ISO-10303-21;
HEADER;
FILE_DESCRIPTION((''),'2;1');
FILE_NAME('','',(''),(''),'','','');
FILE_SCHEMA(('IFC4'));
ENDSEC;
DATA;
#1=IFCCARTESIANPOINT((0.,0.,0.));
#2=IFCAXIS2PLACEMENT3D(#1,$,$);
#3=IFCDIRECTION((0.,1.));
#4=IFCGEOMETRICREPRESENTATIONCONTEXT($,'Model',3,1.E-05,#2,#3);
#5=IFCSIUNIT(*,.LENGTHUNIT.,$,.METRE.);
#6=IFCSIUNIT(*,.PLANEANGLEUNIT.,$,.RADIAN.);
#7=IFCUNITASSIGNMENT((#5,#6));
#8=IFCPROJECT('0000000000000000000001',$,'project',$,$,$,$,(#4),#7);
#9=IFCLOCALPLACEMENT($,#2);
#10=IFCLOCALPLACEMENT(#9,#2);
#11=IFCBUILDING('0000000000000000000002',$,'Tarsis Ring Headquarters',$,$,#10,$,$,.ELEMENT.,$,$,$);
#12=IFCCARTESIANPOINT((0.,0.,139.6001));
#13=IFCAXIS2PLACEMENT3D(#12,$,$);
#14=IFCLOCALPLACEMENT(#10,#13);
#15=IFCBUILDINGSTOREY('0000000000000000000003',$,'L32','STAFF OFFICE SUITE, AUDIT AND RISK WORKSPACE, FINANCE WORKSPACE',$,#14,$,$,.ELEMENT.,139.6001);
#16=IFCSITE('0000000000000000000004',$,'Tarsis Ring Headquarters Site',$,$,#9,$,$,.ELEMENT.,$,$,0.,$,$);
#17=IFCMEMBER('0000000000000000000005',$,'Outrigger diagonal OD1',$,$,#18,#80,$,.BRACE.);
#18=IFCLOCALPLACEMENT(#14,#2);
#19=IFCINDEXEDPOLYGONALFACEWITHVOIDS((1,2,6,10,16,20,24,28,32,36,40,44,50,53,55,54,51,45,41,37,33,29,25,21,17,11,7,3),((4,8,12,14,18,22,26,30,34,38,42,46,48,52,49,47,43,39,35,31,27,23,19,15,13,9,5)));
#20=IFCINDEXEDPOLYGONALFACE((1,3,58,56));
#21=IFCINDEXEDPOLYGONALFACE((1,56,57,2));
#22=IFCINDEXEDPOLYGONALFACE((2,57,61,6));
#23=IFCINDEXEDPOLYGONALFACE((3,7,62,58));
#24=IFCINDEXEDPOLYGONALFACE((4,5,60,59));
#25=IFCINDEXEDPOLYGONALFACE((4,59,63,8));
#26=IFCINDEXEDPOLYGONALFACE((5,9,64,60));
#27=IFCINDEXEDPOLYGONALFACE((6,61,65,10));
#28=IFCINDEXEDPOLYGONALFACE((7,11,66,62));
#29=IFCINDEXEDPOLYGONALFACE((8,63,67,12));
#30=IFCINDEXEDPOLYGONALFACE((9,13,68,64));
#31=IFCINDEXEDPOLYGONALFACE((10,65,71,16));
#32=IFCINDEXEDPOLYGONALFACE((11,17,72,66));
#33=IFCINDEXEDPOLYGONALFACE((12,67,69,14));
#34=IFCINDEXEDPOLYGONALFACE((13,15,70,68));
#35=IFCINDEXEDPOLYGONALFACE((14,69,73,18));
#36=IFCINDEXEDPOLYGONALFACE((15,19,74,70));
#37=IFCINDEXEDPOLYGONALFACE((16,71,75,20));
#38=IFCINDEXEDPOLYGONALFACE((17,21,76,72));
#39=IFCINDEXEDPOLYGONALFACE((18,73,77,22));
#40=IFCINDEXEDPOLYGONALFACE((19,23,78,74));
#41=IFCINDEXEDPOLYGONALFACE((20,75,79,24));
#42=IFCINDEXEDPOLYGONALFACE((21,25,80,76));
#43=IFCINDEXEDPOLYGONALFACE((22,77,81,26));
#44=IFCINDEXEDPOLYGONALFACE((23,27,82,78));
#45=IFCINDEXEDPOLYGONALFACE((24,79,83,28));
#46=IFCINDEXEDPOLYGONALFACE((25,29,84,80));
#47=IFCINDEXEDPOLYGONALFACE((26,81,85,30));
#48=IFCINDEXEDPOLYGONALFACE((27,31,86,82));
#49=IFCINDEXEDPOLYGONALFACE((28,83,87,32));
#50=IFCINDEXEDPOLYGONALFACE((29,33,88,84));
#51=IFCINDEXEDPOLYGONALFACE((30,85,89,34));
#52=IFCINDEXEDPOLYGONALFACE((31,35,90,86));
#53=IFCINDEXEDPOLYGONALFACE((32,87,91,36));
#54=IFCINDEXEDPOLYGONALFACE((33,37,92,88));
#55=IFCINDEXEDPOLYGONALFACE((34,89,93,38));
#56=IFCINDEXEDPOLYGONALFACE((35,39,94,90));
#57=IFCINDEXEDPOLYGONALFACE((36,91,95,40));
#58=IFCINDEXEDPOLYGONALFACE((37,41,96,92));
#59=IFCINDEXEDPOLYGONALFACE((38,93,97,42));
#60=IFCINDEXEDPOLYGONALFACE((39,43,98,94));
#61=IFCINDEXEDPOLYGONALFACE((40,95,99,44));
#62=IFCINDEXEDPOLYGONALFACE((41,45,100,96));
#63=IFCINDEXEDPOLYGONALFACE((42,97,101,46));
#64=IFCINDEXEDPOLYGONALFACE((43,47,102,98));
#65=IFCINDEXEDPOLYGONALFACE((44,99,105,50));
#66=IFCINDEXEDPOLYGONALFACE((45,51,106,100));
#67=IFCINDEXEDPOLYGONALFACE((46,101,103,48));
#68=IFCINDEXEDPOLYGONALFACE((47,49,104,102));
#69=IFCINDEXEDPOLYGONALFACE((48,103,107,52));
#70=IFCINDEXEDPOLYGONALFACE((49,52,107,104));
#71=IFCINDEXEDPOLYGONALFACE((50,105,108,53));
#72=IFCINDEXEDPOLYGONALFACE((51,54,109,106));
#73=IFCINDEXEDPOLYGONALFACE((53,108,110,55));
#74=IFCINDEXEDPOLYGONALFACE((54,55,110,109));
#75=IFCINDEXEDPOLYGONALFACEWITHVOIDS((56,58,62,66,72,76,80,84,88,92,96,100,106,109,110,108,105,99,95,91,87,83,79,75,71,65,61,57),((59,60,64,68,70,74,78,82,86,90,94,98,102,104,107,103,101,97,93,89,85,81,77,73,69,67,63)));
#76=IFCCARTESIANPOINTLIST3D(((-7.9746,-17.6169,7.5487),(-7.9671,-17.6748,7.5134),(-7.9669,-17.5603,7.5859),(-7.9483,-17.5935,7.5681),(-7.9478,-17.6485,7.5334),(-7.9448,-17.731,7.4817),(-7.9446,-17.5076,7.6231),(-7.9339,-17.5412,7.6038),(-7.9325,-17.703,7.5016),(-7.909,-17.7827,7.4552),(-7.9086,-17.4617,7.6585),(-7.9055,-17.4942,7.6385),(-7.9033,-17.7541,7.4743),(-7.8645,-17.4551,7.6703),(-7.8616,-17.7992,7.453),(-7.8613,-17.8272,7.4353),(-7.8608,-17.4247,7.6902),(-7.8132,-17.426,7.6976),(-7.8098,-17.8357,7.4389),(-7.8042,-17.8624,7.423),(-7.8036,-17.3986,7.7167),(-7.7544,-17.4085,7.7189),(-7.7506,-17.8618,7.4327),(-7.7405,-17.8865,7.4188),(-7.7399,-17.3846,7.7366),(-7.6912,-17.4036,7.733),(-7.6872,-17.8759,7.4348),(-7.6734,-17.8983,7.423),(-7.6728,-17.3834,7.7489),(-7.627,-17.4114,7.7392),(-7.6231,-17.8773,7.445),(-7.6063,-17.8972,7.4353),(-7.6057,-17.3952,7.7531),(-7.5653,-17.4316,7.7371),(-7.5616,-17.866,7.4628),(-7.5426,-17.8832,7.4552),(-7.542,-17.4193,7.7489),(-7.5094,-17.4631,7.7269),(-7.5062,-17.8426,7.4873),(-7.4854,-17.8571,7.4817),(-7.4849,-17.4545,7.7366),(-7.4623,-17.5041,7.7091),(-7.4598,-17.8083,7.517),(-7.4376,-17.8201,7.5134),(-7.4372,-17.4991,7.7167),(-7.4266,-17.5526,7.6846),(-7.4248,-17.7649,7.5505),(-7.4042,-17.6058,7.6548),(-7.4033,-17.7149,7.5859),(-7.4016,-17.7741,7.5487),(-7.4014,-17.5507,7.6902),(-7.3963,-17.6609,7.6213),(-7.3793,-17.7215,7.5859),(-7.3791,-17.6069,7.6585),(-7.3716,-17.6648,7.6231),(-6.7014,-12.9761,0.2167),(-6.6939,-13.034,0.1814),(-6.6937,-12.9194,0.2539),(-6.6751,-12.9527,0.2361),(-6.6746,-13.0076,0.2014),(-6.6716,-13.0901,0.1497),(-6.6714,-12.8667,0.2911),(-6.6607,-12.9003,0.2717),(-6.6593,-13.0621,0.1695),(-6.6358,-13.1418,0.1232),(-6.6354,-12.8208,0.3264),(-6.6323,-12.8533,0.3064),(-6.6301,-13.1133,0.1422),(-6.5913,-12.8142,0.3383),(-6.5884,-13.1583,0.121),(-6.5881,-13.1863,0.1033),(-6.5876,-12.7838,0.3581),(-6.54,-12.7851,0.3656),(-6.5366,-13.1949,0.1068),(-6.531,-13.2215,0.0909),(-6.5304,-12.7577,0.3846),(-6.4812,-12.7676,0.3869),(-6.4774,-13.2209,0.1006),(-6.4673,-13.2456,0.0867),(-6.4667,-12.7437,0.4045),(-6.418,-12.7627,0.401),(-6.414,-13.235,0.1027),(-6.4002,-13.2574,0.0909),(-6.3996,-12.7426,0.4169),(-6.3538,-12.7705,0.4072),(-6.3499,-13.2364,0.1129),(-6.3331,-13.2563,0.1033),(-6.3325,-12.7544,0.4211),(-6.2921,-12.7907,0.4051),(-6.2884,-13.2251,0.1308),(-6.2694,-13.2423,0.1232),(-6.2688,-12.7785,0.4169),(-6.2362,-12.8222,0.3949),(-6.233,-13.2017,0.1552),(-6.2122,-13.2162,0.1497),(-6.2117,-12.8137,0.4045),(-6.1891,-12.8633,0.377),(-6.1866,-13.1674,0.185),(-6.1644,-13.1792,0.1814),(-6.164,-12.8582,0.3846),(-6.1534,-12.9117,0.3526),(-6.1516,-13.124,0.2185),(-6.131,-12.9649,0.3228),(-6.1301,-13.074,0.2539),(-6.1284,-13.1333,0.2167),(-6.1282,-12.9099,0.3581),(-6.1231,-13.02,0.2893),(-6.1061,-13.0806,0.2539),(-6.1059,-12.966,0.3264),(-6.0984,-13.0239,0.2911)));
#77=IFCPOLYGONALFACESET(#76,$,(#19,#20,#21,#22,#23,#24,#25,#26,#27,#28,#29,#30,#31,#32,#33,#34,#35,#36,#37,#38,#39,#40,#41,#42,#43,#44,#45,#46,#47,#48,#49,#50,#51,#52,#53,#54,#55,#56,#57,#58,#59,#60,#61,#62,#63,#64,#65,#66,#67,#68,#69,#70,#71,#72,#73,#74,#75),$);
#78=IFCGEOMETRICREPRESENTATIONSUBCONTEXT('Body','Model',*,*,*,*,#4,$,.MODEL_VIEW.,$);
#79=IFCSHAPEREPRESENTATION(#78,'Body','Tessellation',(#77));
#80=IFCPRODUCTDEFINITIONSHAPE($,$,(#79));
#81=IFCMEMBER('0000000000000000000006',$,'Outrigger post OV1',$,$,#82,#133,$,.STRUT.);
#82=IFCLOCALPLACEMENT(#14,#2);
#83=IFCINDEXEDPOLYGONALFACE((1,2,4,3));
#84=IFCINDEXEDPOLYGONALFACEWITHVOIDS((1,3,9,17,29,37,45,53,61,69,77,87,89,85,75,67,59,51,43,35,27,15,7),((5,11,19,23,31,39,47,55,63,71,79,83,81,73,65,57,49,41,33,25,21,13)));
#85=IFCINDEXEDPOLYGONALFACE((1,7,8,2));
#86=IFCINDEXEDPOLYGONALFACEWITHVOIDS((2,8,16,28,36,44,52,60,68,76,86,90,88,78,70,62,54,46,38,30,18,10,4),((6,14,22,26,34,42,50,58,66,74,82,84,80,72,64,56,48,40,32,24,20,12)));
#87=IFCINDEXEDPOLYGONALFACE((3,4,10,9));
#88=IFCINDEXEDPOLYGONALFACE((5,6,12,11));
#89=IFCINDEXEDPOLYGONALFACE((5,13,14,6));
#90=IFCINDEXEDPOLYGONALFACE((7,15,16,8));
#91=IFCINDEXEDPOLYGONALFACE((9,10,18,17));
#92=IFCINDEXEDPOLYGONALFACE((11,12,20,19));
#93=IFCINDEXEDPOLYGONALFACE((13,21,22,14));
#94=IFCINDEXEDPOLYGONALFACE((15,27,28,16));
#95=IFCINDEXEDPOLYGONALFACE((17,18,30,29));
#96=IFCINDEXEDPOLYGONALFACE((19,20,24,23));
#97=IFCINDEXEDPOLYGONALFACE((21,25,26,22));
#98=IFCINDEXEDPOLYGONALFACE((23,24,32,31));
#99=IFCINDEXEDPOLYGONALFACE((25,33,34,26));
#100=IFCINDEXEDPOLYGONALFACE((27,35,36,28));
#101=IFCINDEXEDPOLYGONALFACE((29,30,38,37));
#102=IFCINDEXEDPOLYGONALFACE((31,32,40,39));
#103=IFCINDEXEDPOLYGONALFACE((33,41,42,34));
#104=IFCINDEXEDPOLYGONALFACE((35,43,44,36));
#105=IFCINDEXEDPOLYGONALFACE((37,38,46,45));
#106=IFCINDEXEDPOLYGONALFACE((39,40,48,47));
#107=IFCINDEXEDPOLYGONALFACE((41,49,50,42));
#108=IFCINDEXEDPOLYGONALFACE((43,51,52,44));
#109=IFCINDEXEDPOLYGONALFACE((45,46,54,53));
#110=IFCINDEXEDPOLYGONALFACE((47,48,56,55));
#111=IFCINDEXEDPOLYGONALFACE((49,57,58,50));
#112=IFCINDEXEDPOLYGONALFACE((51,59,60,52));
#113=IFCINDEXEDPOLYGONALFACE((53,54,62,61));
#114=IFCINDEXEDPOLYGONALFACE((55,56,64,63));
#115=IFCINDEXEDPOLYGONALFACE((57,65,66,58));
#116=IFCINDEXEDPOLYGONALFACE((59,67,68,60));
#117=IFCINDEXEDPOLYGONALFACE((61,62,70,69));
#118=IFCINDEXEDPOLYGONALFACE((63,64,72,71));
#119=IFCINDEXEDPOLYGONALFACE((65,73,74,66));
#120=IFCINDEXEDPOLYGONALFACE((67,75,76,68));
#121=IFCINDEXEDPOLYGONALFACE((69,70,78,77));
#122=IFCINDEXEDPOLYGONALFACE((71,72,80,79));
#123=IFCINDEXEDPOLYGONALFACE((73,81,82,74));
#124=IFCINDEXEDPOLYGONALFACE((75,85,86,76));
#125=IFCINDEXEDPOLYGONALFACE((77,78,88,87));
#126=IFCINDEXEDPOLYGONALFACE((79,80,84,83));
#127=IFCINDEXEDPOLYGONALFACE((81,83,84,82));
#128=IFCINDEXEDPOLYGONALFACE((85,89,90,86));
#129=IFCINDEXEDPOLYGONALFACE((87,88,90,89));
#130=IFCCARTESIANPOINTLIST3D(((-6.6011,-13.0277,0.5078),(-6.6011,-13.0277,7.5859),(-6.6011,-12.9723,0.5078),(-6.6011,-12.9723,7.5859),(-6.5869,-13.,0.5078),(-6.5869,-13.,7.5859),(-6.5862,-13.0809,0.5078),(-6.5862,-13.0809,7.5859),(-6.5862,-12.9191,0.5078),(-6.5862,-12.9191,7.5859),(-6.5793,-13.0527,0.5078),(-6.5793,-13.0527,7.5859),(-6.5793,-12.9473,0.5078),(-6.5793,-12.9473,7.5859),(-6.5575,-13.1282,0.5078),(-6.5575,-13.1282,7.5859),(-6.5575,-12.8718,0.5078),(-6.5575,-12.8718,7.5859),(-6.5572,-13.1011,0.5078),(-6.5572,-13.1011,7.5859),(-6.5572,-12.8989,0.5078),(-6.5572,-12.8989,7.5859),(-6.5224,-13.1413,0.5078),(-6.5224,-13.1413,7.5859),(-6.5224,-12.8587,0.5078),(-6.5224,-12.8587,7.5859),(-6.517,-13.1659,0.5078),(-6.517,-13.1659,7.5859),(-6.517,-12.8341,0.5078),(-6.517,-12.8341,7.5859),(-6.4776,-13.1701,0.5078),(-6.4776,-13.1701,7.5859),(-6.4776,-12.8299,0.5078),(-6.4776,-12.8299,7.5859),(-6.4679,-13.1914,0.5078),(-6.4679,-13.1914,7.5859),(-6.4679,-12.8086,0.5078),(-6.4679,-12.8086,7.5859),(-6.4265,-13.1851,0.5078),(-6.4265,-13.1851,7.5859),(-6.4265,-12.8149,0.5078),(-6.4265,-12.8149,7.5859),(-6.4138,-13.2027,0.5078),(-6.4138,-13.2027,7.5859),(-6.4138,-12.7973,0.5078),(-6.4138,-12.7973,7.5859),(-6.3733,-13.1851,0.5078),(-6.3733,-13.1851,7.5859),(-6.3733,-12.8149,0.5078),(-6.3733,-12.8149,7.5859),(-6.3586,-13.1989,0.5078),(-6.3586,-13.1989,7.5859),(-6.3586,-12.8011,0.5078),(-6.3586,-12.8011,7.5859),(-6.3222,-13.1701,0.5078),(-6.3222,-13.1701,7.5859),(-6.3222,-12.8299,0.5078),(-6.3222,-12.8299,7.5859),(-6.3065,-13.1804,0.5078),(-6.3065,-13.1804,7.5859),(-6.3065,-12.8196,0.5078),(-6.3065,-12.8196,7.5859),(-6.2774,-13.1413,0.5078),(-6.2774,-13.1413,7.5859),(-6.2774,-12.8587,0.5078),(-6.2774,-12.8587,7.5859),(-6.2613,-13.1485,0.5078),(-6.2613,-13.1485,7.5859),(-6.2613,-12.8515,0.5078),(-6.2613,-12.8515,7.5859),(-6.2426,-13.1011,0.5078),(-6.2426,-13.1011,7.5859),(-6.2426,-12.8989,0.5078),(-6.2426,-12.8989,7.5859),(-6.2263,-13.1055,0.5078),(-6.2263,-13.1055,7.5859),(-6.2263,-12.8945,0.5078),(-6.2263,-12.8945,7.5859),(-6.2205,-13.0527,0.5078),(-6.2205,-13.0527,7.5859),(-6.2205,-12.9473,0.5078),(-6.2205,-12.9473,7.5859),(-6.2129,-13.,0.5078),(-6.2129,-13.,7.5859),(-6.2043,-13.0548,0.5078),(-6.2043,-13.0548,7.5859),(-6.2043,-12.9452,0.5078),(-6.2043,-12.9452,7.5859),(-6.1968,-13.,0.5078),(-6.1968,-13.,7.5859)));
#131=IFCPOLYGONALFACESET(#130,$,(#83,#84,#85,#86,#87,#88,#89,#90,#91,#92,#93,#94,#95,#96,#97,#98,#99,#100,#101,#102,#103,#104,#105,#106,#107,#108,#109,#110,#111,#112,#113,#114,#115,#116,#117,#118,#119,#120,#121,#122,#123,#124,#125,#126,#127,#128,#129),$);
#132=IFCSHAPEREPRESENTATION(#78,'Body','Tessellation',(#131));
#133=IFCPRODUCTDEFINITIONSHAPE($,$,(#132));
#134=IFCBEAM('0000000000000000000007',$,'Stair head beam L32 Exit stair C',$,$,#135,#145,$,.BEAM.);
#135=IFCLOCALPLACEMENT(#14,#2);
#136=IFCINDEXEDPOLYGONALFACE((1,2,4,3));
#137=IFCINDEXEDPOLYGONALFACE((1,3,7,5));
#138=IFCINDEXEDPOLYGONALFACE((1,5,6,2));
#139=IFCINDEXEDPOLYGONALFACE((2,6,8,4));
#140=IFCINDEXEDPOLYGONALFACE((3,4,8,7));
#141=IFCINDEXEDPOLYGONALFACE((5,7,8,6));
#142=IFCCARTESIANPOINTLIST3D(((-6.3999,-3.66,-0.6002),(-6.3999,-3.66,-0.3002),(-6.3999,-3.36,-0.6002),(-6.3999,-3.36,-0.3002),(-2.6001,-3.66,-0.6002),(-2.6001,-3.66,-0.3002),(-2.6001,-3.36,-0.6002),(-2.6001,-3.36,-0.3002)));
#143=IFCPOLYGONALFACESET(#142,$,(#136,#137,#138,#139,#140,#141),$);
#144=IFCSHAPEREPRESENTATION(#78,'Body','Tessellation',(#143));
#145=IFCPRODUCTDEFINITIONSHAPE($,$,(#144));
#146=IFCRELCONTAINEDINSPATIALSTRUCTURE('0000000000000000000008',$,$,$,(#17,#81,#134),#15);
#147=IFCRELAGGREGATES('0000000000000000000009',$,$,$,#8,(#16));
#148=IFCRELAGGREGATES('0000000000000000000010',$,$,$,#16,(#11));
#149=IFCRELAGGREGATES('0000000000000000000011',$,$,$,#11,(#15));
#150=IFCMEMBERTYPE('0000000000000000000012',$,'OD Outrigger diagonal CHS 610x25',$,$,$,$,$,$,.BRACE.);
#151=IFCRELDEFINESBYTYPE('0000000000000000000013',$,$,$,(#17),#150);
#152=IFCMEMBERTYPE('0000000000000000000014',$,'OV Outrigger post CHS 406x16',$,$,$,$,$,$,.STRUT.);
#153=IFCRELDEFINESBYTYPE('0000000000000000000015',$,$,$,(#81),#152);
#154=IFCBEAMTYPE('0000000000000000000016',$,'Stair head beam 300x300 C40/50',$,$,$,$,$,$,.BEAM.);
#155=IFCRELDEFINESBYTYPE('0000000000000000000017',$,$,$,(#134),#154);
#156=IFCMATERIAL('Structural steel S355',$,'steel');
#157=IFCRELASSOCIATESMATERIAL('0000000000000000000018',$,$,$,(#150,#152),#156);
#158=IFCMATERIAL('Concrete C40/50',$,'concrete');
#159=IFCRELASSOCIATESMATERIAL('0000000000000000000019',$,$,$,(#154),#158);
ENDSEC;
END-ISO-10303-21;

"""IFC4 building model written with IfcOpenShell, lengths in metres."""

from ifc_helpers import new_model, si_unit, direction, frame, origin, origin_2d, place, context, subcontext, project, spatial, rectangle, hollow_circle, extrude, material, material_profile, profile_set, type_object, element, save


model = new_model("IFC4")

# Units and contexts
model_context = context("Model", 3, precision=1e-05, world=origin(), true_north=direction((0.0, 1.0)))
body_context = subcontext(model_context, "Body", "Model", "MODEL_VIEW")
ifc_project = project(units=[si_unit("LENGTHUNIT", "METRE"), si_unit("PLANEANGLEUNIT", "RADIAN")], contexts=[model_context])

# Site, building, storey
site_placement = place(None, origin())
site = spatial("IfcSite", under=ifc_project, at=site_placement, Name="Tarsis Ring Headquarters Site", CompositionType="ELEMENT", RefElevation=0.0)
building_placement = place(site_placement, origin())
building = spatial("IfcBuilding", under=site, at=building_placement, Name="Tarsis Ring Headquarters", CompositionType="ELEMENT")
storey_placement = place(building_placement, frame((0.0, 0.0, 139.6001)))
storey = spatial("IfcBuildingStorey", under=building, at=storey_placement, Name="L32", Description="STAFF OFFICE SUITE, AUDIT AND RISK WORKSPACE, FINANCE WORKSPACE", CompositionType="ELEMENT", Elevation=139.6001)

# Members
ifc_material_1 = material(Name="Structural steel S355", Category="steel")
ifc_material_profile_1 = material_profile(ifc_material_1, hollow_circle(Radius=0.3047, WallThickness=0.0249, at=origin_2d()), Name="CHS 610x25")
ifc_profile_set_1 = profile_set([ifc_material_profile_1], Name="Structural steel S355")
member_type_1 = type_object("IfcMemberType", Name="OD Outrigger diagonal CHS 610x25", PredefinedType="BRACE", material=ifc_profile_set_1)
member_1_placement = place(storey_placement, frame((-6.3999, -13.0, 0.2539), z_axis=(-0.145172, -0.52916, 0.836011), x_axis=(0.964367, -0.264568, 0.0)))
element("IfcMember", 1, at=member_1_placement, inside=storey, type_object=member_type_1, Name="Outrigger diagonal OD1", PredefinedType="BRACE", context=body_context, shape_type="SweptSolid", body=[
    extrude(hollow_circle(Radius=0.3047, WallThickness=0.0249, at=origin_2d()), origin(), (0.0, 0.0, 1.0), 8.7703),
])
ifc_material_profile_2 = material_profile(ifc_material_1, hollow_circle(Radius=0.2031, WallThickness=0.0161, at=origin_2d()), Name="CHS 406x16")
ifc_profile_set_2 = profile_set([ifc_material_profile_2], Name="Structural steel S355")
member_type_2 = type_object("IfcMemberType", Name="OV Outrigger post CHS 406x16", PredefinedType="STRUT", material=ifc_profile_set_2)
member_2_placement = place(storey_placement, frame((-6.3999, -13.0, 0.5078), z_axis=(0.0, 0.0, 1.0), x_axis=(1.0, 0.0, 0.0)))
element("IfcMember", 2, at=member_2_placement, inside=storey, type_object=member_type_2, Name="Outrigger post OV1", PredefinedType="STRUT", context=body_context, shape_type="SweptSolid", body=[
    extrude(hollow_circle(Radius=0.2031, WallThickness=0.0161, at=origin_2d()), origin(), (0.0, 0.0, 1.0), 7.0781),
])

# Beam
ifc_material_2 = material(Name="Concrete C40/50", Category="concrete")
ifc_material_profile_3 = material_profile(ifc_material_2, rectangle(XDim=0.3, YDim=0.3, at=origin_2d()), Name="Stair head beam 300x300 C40/50")
ifc_profile_set_3 = profile_set([ifc_material_profile_3], Name="Concrete C40/50")
beam_type = type_object("IfcBeamType", Name="Stair head beam 300x300 C40/50", PredefinedType="BEAM", material=ifc_profile_set_3)
beam_placement = place(storey_placement, frame((-6.3999, -3.51, -0.4502), z_axis=(1.0, 0.0, 0.0), x_axis=(0.0, 1.0, 0.0)))
element("IfcBeam", 3, at=beam_placement, inside=storey, type_object=beam_type, Name="Stair head beam L32 Exit stair C", PredefinedType="BEAM", context=body_context, shape_type="SweptSolid", body=[
    extrude(rectangle(XDim=0.3, YDim=0.3, at=origin_2d()), origin(), (0.0, 0.0, 1.0), 3.7998),
])

save(model, "model.ifc")
